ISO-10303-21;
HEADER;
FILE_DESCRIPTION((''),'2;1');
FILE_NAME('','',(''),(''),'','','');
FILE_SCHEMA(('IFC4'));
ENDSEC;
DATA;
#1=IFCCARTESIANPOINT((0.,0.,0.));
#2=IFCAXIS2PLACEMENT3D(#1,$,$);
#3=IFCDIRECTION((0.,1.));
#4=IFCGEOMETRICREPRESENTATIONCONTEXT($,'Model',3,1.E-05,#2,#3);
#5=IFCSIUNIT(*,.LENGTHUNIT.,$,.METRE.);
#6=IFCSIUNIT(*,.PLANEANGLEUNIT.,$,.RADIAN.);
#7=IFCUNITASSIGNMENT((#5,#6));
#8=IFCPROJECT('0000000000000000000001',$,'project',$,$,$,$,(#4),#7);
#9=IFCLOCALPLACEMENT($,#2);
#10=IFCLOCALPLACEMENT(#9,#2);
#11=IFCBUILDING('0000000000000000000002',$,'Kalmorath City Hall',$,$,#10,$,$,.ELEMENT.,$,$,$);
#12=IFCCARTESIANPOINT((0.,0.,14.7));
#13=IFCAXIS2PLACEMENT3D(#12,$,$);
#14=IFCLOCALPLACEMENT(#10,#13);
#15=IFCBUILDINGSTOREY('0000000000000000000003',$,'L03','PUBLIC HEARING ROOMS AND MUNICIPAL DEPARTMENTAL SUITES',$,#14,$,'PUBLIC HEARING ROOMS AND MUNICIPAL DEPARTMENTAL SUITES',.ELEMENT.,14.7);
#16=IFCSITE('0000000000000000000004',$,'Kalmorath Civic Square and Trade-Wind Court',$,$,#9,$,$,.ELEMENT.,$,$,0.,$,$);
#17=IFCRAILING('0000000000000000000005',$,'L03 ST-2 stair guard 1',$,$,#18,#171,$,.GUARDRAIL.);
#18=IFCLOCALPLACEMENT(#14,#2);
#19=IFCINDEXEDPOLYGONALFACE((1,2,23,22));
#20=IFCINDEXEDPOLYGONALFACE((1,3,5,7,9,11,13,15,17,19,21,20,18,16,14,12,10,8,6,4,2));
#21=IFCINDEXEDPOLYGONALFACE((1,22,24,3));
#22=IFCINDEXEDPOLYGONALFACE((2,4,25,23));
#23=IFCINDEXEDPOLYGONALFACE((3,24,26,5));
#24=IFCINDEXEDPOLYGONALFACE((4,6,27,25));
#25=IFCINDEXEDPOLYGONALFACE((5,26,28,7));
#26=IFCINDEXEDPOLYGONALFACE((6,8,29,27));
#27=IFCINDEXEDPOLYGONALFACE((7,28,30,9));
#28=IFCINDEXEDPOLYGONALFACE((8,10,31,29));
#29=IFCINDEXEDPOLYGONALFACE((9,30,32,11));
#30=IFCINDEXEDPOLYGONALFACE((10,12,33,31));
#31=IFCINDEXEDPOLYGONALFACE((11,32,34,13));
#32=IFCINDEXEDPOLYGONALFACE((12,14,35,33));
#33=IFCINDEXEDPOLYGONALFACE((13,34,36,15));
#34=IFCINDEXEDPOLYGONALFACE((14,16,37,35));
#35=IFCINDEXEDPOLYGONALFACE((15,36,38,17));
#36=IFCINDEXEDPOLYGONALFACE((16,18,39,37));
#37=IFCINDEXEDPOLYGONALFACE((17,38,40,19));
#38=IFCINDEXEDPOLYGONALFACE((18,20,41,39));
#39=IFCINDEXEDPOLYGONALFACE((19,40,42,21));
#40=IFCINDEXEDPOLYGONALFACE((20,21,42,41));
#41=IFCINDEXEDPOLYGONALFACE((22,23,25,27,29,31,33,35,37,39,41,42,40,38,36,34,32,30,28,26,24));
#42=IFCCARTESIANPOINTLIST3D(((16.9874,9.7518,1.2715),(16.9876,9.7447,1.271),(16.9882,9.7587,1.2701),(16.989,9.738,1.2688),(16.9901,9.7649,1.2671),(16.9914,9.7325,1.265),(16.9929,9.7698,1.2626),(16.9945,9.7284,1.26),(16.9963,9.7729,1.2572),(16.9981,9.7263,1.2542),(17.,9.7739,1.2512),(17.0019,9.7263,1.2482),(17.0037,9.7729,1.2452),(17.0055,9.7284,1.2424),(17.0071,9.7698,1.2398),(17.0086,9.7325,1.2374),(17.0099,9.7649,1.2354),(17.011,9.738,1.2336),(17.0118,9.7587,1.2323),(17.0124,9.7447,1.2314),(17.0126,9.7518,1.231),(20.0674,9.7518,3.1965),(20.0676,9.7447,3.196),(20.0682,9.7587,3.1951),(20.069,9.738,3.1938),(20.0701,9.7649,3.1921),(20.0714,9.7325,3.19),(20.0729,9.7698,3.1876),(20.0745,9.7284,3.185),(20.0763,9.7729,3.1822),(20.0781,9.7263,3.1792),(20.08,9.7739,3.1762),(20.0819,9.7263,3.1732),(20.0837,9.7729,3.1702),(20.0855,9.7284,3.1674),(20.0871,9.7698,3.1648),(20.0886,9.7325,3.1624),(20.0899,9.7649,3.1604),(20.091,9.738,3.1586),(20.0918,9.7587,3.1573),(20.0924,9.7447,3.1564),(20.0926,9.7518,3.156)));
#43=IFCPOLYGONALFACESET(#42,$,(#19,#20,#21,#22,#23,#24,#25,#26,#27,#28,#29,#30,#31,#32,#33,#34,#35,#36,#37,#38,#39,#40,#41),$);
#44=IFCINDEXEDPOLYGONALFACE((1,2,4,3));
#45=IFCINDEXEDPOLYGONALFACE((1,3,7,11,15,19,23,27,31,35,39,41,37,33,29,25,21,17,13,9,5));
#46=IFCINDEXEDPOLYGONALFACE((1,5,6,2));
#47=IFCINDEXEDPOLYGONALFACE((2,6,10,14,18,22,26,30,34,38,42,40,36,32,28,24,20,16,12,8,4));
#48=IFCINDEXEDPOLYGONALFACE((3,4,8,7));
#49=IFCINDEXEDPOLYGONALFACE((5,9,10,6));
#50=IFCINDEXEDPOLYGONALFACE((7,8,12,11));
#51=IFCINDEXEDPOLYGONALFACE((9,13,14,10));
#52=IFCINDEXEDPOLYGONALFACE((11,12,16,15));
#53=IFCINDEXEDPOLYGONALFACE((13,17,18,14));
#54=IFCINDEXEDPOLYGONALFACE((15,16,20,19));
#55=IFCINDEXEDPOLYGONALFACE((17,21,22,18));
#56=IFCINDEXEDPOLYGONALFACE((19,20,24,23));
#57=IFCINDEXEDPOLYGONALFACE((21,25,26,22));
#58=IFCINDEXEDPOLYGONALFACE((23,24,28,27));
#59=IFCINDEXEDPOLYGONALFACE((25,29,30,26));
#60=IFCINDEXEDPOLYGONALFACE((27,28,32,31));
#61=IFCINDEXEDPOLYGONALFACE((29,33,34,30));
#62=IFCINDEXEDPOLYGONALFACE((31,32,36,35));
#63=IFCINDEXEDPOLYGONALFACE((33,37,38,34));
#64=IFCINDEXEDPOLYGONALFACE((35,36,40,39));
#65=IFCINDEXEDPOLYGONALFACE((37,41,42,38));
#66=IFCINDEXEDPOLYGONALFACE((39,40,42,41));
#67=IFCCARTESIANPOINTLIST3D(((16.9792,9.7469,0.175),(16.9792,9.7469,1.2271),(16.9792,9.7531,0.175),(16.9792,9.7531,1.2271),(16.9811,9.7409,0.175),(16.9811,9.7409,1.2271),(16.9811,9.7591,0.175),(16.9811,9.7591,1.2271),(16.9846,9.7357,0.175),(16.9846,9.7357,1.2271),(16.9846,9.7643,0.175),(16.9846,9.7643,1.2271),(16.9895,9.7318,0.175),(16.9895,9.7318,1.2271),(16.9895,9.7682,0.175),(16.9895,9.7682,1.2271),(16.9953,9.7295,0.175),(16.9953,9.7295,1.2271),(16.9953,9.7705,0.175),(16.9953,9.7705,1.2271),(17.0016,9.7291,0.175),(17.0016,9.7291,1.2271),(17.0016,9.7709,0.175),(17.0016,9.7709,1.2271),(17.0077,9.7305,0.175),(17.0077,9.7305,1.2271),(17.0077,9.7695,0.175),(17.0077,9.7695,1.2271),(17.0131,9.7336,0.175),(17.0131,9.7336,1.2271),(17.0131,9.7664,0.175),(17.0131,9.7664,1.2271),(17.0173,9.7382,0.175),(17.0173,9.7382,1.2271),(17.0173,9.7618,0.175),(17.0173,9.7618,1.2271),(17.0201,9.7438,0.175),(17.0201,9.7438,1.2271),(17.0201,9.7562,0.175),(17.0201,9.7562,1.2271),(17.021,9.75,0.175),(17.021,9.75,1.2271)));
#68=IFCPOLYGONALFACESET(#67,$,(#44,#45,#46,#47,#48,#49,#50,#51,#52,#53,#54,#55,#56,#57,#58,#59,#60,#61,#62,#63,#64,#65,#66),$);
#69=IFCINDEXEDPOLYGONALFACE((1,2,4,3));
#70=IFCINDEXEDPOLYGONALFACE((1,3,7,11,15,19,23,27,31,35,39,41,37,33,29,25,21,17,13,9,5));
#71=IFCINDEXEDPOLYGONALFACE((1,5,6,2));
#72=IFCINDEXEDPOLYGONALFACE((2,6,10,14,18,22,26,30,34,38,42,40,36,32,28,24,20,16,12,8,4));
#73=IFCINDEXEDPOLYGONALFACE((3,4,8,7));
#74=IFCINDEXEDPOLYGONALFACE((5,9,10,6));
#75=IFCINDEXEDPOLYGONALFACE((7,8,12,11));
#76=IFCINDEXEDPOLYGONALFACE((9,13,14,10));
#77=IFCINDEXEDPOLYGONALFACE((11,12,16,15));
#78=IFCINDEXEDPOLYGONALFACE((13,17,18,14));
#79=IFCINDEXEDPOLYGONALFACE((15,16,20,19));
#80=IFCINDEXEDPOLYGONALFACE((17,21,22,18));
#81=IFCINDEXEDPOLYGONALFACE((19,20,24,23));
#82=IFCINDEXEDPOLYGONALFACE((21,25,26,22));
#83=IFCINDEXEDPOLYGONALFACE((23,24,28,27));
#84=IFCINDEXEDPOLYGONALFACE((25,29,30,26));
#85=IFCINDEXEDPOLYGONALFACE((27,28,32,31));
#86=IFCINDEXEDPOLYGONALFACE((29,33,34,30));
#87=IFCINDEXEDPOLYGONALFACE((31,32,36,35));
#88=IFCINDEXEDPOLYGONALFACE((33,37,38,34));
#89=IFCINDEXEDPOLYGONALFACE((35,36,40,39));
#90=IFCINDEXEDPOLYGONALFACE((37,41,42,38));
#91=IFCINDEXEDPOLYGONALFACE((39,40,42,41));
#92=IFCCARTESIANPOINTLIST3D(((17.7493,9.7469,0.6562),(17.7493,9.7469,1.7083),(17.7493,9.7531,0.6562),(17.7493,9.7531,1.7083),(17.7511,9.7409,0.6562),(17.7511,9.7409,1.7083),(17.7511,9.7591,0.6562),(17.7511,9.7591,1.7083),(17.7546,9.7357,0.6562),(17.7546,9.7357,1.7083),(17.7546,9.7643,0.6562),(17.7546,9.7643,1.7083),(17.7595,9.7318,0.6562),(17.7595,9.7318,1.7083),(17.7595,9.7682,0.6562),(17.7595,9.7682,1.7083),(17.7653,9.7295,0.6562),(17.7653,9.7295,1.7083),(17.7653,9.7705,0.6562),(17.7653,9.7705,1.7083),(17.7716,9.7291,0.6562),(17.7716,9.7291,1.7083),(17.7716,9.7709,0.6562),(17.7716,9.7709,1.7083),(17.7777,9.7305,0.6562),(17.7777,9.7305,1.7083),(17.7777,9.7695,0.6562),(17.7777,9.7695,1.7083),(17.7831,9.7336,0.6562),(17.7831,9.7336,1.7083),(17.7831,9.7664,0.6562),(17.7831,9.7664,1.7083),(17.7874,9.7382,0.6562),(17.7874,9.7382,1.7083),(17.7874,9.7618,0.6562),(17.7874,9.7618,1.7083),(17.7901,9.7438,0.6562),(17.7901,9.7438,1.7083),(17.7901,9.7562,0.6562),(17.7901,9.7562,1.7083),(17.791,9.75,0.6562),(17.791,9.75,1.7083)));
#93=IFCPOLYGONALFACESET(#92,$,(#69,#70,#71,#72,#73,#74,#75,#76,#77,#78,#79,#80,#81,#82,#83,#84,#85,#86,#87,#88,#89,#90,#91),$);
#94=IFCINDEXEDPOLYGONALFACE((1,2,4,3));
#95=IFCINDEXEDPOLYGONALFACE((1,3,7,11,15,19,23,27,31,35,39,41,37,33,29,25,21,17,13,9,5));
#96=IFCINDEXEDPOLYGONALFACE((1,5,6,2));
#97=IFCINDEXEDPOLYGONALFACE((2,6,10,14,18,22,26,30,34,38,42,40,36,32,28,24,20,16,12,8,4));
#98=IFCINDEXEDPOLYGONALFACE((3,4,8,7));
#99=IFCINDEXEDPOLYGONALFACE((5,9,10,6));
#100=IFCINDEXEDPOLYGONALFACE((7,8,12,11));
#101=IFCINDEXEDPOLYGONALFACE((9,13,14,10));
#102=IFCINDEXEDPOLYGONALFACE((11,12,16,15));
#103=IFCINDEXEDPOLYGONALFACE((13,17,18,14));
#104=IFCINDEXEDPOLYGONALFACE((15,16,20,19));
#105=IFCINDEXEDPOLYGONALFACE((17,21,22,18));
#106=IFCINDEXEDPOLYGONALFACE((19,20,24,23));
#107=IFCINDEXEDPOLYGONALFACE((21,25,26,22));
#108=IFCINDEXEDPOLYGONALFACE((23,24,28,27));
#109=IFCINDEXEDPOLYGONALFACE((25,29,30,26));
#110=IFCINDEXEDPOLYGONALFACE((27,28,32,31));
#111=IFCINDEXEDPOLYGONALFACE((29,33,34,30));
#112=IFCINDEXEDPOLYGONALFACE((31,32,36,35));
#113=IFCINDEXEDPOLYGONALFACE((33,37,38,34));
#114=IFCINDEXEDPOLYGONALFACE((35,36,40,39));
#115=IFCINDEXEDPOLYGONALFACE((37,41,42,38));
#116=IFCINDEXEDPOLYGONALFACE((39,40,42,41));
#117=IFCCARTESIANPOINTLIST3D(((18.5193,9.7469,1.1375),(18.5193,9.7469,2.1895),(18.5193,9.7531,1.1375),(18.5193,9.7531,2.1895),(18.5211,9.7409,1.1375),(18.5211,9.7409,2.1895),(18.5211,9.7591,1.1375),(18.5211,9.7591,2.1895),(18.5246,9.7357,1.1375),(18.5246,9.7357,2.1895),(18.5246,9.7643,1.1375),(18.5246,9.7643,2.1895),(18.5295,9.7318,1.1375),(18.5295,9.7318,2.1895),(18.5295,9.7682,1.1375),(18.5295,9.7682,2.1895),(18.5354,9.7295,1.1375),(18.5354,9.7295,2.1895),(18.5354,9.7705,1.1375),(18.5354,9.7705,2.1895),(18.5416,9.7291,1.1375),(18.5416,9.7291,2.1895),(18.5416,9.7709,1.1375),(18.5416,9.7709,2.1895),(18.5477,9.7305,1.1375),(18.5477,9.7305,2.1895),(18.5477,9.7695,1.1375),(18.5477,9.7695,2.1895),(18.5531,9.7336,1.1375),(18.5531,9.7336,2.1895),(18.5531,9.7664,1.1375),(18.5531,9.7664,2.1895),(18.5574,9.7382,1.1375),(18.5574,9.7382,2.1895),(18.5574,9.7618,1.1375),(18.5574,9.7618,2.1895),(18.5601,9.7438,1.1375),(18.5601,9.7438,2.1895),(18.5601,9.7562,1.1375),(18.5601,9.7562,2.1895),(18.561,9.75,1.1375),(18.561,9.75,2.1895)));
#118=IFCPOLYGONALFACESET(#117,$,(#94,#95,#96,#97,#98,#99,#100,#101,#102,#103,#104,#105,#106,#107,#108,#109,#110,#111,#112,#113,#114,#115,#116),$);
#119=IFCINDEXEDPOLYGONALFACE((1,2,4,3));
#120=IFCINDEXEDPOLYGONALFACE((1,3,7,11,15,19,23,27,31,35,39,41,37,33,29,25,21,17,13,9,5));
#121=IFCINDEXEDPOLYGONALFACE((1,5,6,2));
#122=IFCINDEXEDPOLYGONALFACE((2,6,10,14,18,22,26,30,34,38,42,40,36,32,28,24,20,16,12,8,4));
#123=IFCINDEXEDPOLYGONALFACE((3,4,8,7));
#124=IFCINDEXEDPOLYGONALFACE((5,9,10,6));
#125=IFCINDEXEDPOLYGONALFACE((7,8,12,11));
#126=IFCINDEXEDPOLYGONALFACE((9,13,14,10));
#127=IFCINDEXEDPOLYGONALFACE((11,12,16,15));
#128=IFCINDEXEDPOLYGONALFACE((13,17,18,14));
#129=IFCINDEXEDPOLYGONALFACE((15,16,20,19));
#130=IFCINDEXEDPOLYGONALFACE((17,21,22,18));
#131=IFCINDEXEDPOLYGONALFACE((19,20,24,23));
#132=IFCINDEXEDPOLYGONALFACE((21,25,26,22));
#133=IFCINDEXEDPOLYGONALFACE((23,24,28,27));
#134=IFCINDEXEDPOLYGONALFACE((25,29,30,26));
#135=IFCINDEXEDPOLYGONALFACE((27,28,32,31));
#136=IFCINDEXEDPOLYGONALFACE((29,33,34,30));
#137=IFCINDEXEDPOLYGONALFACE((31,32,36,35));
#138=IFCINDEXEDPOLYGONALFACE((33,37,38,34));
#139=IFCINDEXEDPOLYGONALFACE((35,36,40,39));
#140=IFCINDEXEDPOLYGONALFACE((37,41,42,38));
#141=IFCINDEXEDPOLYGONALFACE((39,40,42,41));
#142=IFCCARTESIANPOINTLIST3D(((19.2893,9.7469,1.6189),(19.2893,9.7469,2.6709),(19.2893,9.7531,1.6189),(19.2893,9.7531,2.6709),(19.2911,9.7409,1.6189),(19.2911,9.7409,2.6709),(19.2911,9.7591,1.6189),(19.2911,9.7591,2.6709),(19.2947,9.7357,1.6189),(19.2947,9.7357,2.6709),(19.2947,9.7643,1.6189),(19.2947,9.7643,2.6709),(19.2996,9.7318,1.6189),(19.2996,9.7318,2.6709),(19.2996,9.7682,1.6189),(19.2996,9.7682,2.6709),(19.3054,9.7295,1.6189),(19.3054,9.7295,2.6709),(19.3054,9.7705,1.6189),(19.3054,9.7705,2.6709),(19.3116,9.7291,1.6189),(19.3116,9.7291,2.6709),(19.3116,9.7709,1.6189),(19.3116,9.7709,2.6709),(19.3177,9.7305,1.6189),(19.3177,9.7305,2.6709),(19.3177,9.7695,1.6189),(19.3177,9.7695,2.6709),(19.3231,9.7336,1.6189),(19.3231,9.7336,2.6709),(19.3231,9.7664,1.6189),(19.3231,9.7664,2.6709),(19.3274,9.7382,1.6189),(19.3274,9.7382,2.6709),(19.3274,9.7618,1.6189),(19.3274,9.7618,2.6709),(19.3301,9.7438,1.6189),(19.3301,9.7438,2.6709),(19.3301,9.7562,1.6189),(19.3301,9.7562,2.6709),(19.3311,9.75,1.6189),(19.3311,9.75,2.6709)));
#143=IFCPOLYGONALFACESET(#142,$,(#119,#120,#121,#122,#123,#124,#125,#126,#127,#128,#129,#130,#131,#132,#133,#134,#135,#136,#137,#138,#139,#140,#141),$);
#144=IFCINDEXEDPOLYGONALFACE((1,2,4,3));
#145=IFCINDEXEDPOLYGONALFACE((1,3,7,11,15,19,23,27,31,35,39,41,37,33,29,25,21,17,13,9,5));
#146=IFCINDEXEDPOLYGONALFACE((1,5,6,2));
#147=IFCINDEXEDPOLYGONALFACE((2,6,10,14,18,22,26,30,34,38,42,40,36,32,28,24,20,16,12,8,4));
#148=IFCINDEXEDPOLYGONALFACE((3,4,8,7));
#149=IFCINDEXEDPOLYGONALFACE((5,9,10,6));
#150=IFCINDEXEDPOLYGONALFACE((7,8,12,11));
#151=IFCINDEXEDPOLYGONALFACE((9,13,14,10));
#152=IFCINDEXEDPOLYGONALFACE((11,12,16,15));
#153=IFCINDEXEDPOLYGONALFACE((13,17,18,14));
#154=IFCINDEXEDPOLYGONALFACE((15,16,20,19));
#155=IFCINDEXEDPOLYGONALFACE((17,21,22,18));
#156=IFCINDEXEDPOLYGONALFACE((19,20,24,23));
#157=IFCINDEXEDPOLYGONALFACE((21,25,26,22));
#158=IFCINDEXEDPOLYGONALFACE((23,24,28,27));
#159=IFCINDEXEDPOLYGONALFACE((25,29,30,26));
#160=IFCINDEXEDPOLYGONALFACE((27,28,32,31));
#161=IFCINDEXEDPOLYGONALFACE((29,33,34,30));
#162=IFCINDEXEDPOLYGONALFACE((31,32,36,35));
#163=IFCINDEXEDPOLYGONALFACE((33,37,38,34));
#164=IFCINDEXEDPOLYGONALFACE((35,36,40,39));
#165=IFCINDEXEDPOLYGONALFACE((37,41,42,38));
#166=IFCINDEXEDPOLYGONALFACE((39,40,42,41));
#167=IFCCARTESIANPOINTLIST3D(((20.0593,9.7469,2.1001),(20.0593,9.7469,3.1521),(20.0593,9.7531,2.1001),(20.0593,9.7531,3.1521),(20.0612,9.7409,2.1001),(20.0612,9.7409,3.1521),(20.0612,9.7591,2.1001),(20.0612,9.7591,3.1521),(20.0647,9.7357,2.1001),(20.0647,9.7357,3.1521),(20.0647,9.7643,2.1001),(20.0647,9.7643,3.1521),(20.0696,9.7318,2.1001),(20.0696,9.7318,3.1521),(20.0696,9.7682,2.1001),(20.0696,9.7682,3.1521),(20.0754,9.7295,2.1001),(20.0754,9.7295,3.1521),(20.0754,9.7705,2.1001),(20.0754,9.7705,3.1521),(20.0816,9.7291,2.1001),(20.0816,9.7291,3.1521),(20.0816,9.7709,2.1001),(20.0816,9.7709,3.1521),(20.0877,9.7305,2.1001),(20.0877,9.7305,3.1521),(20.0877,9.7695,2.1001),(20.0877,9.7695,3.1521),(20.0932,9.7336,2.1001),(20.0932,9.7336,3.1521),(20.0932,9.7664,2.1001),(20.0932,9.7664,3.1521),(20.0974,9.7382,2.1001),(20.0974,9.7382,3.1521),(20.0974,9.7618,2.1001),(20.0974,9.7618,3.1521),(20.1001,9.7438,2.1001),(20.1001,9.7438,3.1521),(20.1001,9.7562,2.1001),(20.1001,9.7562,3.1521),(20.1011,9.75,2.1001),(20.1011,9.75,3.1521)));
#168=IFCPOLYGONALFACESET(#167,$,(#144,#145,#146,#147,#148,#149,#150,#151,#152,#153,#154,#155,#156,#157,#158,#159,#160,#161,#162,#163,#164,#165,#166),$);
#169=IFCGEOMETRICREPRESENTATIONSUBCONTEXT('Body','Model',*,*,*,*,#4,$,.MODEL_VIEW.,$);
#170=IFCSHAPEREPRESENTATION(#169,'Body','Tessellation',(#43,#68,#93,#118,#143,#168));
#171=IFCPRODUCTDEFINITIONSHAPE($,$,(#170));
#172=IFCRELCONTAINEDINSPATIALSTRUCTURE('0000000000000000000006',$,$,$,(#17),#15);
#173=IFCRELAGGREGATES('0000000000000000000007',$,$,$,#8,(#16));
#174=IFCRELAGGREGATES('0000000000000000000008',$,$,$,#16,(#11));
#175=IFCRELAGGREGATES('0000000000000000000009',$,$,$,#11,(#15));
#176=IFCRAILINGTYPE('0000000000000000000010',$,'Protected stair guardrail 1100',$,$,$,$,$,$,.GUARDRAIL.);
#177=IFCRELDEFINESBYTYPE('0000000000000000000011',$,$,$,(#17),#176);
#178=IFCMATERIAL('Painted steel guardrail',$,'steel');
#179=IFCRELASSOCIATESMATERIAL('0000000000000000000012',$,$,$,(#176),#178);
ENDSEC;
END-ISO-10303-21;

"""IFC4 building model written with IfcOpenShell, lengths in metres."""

from ifc_helpers import new_model, si_unit, direction, frame, origin, origin_2d, place, context, subcontext, project, spatial, circle, extrude, material, type_object, element, save


model = new_model("IFC4")

# Units and contexts
model_context = context("Model", 3, precision=1e-05, world=origin(), true_north=direction((0.0, 1.0)))
body_context = subcontext(model_context, "Body", "Model", "MODEL_VIEW")
ifc_project = project(units=[si_unit("LENGTHUNIT", "METRE"), si_unit("PLANEANGLEUNIT", "RADIAN")], contexts=[model_context])

# Site, building, storey
site_placement = place(None, origin())
site = spatial("IfcSite", under=ifc_project, at=site_placement, Name="Kalmorath Civic Square and Trade-Wind Court", CompositionType="ELEMENT", RefElevation=0.0)
building_placement = place(site_placement, origin())
building = spatial("IfcBuilding", under=site, at=building_placement, Name="Kalmorath City Hall", CompositionType="ELEMENT")
storey_placement = place(building_placement, frame((0.0, 0.0, 14.7)))
storey = spatial("IfcBuildingStorey", under=building, at=storey_placement, Name="L03", Description="PUBLIC HEARING ROOMS AND MUNICIPAL DEPARTMENTAL SUITES", LongName="PUBLIC HEARING ROOMS AND MUNICIPAL DEPARTMENTAL SUITES", CompositionType="ELEMENT", Elevation=14.7)

# Railing
ifc_material_1 = material(Name="Painted steel guardrail", Category="steel")
railing_type_1 = type_object("IfcRailingType", Name="Protected stair guardrail 1100", PredefinedType="GUARDRAIL", material=ifc_material_1)
railing_1_placement = place(storey_placement, frame((17.0, 9.75, 0.175)))
element("IfcRailing", 1, at=railing_1_placement, inside=storey, type_object=railing_type_1, Name="L03 ST-2 stair guard 1", PredefinedType="GUARDRAIL", context=body_context, shape_type="SweptSolid", body=[
    extrude(circle(Radius=0.0239, at=origin_2d()), frame((0.0, 0.0, 1.0762), z_axis=(0.847998, 0.0, 0.529999), x_axis=(0.0, 1.0, 0.0)), (0.0, 0.0, 1.0), 3.6321),
    extrude(circle(Radius=0.021, at=origin_2d()), origin(), (0.0, 0.0, 1.0), 1.052),
    extrude(circle(Radius=0.021, at=origin_2d()), frame((0.77, 0.0, 0.4812)), (0.0, 0.0, 1.0), 1.052),
    extrude(circle(Radius=0.021, at=origin_2d()), frame((1.54, 0.0, 0.9624)), (0.0, 0.0, 1.0), 1.052),
    extrude(circle(Radius=0.021, at=origin_2d()), frame((2.3101, 0.0, 1.4438)), (0.0, 0.0, 1.0), 1.052),
    extrude(circle(Radius=0.021, at=origin_2d()), frame((3.0801, 0.0, 1.925)), (0.0, 0.0, 1.0), 1.052),
])

save(model, "model.ifc")
